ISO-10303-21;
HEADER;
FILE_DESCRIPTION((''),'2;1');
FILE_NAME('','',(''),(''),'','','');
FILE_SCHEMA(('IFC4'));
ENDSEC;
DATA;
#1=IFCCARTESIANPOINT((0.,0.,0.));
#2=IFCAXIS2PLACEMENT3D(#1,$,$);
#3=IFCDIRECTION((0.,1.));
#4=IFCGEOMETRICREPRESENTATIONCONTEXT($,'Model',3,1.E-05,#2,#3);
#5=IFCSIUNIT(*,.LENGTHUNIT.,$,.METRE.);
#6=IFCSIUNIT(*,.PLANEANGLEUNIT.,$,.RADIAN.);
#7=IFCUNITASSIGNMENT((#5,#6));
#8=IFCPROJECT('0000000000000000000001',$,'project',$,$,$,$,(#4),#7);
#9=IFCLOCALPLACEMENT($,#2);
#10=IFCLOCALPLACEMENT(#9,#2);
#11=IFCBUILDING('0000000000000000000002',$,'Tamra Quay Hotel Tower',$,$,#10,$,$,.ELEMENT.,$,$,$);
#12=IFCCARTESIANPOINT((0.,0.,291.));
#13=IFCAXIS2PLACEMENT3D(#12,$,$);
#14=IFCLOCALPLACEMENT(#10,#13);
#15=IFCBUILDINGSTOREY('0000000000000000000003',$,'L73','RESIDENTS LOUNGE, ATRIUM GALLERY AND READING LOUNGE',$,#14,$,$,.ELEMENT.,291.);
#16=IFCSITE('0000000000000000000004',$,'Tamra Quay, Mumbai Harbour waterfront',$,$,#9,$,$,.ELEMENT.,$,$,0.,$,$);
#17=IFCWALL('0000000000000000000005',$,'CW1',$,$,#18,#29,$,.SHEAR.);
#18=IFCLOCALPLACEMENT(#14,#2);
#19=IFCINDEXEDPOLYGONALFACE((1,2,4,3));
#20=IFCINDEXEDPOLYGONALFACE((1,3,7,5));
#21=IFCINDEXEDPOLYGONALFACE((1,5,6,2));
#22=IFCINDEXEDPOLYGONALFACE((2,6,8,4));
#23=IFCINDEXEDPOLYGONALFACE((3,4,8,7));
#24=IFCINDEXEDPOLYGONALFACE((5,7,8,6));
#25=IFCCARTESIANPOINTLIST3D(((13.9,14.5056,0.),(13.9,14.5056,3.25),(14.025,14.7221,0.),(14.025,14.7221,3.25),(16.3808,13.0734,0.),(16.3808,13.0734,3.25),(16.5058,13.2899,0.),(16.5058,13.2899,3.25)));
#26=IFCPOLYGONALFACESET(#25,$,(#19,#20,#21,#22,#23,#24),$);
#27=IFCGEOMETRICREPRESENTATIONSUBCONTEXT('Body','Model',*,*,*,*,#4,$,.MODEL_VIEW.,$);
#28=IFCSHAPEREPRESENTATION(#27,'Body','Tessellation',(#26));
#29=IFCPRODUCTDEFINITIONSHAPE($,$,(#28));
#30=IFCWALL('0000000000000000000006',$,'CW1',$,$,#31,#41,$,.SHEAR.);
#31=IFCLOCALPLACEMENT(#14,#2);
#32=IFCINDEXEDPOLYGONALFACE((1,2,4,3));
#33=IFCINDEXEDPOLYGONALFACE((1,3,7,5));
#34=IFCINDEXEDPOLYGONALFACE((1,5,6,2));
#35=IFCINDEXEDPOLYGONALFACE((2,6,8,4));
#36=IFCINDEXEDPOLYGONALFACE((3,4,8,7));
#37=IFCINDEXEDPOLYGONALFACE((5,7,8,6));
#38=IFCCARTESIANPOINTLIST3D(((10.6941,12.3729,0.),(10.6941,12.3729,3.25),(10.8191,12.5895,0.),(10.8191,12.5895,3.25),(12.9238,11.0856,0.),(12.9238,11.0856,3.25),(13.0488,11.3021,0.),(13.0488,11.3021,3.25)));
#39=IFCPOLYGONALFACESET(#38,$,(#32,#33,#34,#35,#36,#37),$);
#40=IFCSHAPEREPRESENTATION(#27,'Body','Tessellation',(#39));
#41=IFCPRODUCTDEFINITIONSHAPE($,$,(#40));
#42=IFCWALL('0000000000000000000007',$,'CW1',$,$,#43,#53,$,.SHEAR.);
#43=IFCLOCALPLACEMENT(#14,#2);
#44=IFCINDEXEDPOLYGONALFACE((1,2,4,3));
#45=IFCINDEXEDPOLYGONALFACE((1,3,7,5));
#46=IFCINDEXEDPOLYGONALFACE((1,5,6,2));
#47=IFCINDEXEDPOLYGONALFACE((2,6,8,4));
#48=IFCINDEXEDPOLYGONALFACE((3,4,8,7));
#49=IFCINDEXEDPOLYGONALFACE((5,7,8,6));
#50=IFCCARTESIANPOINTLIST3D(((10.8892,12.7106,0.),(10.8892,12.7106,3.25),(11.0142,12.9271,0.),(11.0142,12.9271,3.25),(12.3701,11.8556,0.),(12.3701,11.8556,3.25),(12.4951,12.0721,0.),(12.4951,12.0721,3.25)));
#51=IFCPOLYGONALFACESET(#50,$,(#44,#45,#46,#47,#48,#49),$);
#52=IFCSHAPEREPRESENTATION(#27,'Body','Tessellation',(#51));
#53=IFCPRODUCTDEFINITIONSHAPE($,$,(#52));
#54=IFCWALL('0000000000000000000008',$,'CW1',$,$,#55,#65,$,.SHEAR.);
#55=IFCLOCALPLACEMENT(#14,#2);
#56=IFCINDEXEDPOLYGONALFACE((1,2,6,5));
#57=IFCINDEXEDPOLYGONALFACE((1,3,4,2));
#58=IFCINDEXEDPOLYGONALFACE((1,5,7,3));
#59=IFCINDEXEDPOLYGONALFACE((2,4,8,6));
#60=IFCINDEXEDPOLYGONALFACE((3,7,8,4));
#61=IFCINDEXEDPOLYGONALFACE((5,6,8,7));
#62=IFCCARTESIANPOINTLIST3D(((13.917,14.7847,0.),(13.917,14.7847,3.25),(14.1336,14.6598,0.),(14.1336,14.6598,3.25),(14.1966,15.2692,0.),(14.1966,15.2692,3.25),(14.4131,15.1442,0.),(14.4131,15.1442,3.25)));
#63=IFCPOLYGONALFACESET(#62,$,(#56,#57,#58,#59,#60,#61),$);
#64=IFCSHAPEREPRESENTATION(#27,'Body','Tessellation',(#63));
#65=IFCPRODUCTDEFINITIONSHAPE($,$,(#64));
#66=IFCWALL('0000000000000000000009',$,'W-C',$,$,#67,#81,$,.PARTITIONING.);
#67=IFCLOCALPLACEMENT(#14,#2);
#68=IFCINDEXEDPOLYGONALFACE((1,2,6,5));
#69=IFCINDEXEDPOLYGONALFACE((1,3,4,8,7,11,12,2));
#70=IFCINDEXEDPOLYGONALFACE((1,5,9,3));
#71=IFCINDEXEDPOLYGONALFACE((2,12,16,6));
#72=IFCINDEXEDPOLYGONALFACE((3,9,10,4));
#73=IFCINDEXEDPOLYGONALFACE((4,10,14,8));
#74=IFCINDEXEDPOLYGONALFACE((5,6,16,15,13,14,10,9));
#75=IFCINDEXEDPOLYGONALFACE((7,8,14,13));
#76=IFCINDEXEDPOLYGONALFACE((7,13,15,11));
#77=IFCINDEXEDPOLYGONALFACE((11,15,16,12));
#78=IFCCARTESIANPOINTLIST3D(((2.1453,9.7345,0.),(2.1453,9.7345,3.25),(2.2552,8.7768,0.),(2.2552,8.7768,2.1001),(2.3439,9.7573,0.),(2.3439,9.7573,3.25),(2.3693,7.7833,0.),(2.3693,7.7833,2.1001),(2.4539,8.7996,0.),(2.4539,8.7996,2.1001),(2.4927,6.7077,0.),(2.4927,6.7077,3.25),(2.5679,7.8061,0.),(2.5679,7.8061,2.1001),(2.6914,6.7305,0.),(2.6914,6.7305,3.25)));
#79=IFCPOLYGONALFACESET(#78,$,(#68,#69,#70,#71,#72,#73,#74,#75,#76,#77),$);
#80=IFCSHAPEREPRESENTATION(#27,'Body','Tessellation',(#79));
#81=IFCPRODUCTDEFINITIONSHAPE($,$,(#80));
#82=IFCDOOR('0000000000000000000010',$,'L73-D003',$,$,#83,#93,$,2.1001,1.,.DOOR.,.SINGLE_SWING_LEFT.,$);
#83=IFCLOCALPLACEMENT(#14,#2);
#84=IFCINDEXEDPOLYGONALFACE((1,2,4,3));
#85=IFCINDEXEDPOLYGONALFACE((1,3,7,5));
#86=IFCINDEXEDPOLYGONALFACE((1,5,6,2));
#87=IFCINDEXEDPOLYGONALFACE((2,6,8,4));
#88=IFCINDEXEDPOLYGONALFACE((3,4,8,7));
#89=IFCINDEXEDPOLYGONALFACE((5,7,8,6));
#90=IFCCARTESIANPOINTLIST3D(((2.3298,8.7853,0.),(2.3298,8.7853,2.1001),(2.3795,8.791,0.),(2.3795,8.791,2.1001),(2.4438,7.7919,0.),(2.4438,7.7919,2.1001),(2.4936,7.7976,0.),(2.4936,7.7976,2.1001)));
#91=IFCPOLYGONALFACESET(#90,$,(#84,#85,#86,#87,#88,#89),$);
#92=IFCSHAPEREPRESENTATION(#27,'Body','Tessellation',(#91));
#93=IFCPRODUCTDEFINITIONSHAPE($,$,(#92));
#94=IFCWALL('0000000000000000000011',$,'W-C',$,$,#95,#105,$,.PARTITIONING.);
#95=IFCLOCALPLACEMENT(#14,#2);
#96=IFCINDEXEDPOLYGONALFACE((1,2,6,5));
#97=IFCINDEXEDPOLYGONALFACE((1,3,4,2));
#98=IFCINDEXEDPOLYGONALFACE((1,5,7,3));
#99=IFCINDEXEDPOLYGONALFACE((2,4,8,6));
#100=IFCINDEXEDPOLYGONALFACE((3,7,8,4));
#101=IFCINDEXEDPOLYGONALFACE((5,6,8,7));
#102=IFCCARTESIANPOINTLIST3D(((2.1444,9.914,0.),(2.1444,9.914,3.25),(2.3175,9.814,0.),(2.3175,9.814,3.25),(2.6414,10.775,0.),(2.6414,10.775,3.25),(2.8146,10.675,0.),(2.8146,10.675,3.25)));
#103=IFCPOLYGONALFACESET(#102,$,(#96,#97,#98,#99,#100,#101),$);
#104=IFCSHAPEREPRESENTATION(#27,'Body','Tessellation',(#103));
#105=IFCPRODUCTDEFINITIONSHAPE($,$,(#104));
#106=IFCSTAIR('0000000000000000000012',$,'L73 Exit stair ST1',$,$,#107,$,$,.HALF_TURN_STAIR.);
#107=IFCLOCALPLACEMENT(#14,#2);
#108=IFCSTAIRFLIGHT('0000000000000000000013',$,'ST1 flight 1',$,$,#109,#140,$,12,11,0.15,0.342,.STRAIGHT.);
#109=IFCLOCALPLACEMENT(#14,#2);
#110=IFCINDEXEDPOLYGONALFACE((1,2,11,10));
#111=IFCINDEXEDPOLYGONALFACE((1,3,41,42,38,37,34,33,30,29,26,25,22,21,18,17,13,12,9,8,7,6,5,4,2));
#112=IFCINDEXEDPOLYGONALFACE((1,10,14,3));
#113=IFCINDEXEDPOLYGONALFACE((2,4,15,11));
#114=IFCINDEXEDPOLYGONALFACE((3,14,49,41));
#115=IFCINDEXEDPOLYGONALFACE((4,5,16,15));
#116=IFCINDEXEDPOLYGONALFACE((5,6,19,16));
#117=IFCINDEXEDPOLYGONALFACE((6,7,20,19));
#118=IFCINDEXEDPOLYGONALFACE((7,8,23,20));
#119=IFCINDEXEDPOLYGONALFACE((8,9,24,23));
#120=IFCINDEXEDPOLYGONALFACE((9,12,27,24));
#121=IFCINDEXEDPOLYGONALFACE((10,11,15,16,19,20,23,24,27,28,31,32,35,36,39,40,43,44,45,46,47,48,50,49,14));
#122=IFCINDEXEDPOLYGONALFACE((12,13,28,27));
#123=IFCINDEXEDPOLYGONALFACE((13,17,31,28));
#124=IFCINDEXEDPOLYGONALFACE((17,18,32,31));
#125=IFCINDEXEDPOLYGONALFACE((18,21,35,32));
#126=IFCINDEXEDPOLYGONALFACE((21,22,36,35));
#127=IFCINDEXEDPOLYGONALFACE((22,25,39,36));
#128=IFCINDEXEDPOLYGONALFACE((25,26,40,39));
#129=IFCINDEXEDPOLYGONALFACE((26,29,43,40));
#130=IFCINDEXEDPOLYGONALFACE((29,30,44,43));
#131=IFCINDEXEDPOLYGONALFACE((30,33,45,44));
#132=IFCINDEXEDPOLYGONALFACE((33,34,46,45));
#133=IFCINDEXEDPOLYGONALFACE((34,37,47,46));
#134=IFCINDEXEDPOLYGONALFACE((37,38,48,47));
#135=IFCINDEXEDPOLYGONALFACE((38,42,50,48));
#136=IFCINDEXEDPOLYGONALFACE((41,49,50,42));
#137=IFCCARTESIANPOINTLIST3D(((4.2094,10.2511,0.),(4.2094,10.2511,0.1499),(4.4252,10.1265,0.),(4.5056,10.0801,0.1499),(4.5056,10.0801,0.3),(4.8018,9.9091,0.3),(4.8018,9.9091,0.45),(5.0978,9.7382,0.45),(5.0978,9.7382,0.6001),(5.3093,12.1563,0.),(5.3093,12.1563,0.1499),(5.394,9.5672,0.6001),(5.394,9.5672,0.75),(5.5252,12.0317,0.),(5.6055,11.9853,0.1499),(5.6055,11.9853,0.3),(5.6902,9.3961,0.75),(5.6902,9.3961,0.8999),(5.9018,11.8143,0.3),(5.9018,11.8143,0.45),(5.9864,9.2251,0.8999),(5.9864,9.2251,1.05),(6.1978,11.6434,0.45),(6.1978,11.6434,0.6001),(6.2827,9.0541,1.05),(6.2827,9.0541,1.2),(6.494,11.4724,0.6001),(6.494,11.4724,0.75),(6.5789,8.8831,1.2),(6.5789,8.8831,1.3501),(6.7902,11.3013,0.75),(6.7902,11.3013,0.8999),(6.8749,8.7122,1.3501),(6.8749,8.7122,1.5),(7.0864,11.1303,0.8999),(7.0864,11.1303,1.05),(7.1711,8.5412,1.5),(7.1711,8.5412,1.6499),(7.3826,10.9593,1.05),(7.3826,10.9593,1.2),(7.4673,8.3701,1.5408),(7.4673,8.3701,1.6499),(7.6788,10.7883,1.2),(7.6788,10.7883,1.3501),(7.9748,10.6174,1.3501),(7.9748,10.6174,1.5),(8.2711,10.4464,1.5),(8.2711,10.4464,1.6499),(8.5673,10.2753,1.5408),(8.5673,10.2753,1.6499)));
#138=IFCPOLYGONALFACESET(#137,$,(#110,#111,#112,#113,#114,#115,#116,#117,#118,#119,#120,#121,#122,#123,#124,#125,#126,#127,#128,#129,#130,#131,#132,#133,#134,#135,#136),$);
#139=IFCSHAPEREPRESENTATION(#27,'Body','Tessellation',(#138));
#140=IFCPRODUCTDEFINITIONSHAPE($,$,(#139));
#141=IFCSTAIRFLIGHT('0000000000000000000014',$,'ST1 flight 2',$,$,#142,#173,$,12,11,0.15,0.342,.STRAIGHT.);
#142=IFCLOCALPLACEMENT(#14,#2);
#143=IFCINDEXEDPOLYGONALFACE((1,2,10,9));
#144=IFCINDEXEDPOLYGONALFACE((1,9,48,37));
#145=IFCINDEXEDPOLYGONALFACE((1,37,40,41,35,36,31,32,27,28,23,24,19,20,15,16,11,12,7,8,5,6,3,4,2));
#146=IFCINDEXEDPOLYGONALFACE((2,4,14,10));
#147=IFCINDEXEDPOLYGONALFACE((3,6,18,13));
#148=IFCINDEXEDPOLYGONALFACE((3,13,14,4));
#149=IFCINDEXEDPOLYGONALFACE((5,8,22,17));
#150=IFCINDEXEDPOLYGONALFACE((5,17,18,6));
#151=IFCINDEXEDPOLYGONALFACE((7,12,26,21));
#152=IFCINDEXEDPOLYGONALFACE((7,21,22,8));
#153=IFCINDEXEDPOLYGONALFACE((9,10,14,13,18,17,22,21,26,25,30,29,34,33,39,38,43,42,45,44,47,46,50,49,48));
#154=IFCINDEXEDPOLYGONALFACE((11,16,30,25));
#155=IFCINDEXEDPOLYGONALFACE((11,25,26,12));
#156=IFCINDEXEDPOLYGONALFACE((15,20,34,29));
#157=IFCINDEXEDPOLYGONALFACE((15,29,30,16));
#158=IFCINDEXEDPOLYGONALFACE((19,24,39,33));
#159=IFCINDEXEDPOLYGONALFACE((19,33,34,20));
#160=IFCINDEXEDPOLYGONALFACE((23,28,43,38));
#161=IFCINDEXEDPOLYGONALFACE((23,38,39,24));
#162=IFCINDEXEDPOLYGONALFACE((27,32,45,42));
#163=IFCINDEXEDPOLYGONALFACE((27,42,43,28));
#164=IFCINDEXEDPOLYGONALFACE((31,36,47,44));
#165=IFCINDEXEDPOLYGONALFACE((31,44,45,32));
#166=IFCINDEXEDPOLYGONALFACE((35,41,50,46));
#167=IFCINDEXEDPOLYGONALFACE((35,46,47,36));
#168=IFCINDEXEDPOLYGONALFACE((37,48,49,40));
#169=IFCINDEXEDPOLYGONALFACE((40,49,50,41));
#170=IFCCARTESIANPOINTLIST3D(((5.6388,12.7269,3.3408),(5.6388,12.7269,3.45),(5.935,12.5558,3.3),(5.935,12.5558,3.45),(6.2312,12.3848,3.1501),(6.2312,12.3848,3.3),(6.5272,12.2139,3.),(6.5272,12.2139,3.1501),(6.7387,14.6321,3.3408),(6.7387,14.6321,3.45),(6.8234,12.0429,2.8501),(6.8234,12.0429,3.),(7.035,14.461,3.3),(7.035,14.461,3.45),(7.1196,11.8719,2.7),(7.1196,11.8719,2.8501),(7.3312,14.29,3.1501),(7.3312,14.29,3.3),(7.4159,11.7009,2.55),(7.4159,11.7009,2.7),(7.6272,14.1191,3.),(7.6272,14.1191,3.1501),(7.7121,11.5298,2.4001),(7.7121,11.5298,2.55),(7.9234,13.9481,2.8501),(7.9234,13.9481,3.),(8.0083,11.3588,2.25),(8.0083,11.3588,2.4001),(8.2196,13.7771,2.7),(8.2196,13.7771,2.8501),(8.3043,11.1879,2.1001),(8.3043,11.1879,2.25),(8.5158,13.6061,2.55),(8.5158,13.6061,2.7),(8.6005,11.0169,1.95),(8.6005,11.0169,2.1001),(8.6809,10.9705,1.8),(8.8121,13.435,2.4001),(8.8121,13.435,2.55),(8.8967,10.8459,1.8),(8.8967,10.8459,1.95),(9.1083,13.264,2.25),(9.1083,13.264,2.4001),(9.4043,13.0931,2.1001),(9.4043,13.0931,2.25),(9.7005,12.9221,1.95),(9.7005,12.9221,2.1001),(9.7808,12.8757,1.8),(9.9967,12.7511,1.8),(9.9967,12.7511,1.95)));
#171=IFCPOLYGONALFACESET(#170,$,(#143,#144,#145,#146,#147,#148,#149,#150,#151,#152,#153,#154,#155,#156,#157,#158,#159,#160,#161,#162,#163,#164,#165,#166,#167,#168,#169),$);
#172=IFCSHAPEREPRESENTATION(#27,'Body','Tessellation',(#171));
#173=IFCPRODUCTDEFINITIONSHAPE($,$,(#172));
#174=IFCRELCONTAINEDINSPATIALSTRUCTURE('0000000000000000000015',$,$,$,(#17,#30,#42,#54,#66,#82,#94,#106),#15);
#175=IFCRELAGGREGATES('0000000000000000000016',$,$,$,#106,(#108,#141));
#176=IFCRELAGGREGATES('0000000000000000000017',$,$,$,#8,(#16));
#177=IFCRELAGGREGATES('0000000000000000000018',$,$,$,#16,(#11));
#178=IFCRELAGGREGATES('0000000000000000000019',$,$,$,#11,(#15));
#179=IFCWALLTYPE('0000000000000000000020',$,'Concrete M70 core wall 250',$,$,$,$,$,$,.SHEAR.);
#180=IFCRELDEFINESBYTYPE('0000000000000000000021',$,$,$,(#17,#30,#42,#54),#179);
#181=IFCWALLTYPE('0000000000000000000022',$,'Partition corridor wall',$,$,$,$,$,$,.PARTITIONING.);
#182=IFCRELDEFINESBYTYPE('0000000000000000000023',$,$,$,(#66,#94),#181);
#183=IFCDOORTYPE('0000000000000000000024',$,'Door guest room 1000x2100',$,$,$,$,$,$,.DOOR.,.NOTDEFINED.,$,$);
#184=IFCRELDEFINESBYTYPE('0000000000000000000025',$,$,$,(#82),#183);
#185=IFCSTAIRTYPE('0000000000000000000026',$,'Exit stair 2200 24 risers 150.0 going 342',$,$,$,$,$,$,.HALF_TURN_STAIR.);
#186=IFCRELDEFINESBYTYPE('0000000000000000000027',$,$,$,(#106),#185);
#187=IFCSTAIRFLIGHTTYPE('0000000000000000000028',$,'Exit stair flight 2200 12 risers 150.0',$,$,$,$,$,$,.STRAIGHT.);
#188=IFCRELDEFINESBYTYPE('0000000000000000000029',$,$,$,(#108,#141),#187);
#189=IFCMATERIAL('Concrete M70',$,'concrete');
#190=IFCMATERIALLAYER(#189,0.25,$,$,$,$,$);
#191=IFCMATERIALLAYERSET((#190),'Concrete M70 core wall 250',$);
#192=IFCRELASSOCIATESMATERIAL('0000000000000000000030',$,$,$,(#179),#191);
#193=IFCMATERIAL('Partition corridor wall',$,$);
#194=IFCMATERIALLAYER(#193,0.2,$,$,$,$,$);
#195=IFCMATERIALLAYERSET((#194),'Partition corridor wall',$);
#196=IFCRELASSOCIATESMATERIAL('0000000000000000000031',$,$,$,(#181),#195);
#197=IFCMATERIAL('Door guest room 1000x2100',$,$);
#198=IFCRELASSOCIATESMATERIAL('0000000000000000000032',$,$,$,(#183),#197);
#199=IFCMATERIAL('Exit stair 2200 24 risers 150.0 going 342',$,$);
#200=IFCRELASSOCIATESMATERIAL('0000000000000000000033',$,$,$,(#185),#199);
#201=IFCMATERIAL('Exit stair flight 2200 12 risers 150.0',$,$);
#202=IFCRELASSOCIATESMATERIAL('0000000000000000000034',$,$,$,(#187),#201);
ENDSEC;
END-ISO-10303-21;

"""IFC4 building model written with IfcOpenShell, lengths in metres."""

from ifc_helpers import new_model, si_unit, direction, frame, frame_2d, origin, place, context, subcontext, project, spatial, polyline, rectangle, outline, extrude, material, layer, layer_set, type_object, element, fill, aggregate, save


model = new_model("IFC4")

# Units and contexts
model_context = context("Model", 3, precision=1e-05, world=origin(), true_north=direction((0.0, 1.0)))
body_context = subcontext(model_context, "Body", "Model", "MODEL_VIEW")
ifc_project = project(units=[si_unit("LENGTHUNIT", "METRE"), si_unit("PLANEANGLEUNIT", "RADIAN")], contexts=[model_context])

# Site, building, storey
site_placement = place(None, origin())
site = spatial("IfcSite", under=ifc_project, at=site_placement, Name="Tamra Quay, Mumbai Harbour waterfront", CompositionType="ELEMENT", RefElevation=0.0)
building_placement = place(site_placement, origin())
building = spatial("IfcBuilding", under=site, at=building_placement, Name="Tamra Quay Hotel Tower", CompositionType="ELEMENT")
storey_placement = place(building_placement, frame((0.0, 0.0, 291.0)))
storey = spatial("IfcBuildingStorey", under=building, at=storey_placement, Name="L73", Description="RESIDENTS LOUNGE, ATRIUM GALLERY AND READING LOUNGE", CompositionType="ELEMENT", Elevation=291.0)

# Shared definitions
ifc_material_1 = material(Name="Concrete M70", Category="concrete")

# Shared definitions
ifc_layer_1 = layer(ifc_material_1, 0.25)
ifc_layer_set_1 = layer_set([ifc_layer_1], Name="Concrete M70 core wall 250")
wall_type_1 = type_object("IfcWallType", Name="Concrete M70 core wall 250", PredefinedType="SHEAR", material=ifc_layer_set_1)

# Walls
wall_1_placement = place(storey_placement, frame((13.9626, 14.6138, 0.0), z_axis=(0.0, 0.0, 1.0), x_axis=(0.866042, -0.499971, 0.0)))
element("IfcWall", 1, at=wall_1_placement, inside=storey, type_object=wall_type_1, Name="CW1", PredefinedType="SHEAR", context=body_context, shape_type="SweptSolid", body=[
    extrude(rectangle(XDim=2.8645, YDim=0.25, at=frame_2d((1.4321, 0.0))), origin(), (0.0, 0.0, 1.0), 3.25),
])
wall_2_placement = place(storey_placement, frame((10.7566, 12.4812, 0.0), z_axis=(0.0, 0.0, 1.0), x_axis=(0.866023, -0.500004, 0.0)))
element("IfcWall", 2, at=wall_2_placement, inside=storey, type_object=wall_type_1, Name="CW1", PredefinedType="SHEAR", context=body_context, shape_type="SweptSolid", body=[
    extrude(rectangle(XDim=2.5747, YDim=0.25, at=frame_2d((1.2874, 0.0))), origin(), (0.0, 0.0, 1.0), 3.25),
])
wall_3_placement = place(storey_placement, frame((12.4326, 11.9639, 0.0), z_axis=(0.0, 0.0, 1.0), x_axis=(-0.866038, 0.499978, 0.0)))
element("IfcWall", 3, at=wall_3_placement, inside=storey, type_object=wall_type_1, Name="CW1", PredefinedType="SHEAR", context=body_context, shape_type="SweptSolid", body=[
    extrude(rectangle(XDim=1.71, YDim=0.25, at=frame_2d((0.855, 0.0))), origin(), (0.0, 0.0, 1.0), 3.25),
])
wall_4_placement = place(storey_placement, frame((14.3049, 15.2068, 0.0), z_axis=(0.0, 0.0, 1.0), x_axis=(-0.499848, -0.866113, 0.0)))
element("IfcWall", 4, at=wall_4_placement, inside=storey, type_object=wall_type_1, Name="CW1", PredefinedType="SHEAR", context=body_context, shape_type="SweptSolid", body=[
    extrude(rectangle(XDim=0.5593, YDim=0.25, at=frame_2d((0.2798, 0.0))), origin(), (0.0, 0.0, 1.0), 3.25),
])

# Wall, opening, door
ifc_material_2 = material(Name="Partition corridor wall")
ifc_layer_2 = layer(ifc_material_2, 0.2)
ifc_layer_set_2 = layer_set([ifc_layer_2], Name="Partition corridor wall")
wall_type_2 = type_object("IfcWallType", Name="Partition corridor wall", PredefinedType="PARTITIONING", material=ifc_layer_set_2)
wall_5_placement = place(storey_placement, frame((2.592, 6.719, 0.0), z_axis=(0.0, 0.0, 1.0), x_axis=(-0.114028, 0.993478, 0.0)))
wall_5 = element("IfcWall", 5, at=wall_5_placement, inside=storey, type_object=wall_type_2, Name="W-C", PredefinedType="PARTITIONING", context=body_context, shape_type="SweptSolid", body=[
    extrude(rectangle(XDim=3.0466, YDim=0.2, at=frame_2d((1.5234, 0.0))), origin(), (0.0, 0.0, 1.0), 3.25),
])
opening_1_placement = place(wall_5_placement, frame((1.0828, 0.0, 0.0)))
opening_1 = element("IfcOpeningElement", 6, at=opening_1_placement, cuts=wall_5, PredefinedType="OPENING", context=body_context, shape_type="SweptSolid", body=[
    extrude(rectangle(XDim=1.0, YDim=2.1001, at=frame_2d((0.5, 1.05))), frame((0.0, 0.1099, 0.0), z_axis=(0.0, -1.0, 0.0), x_axis=(1.0, 0.0, 0.0)), (0.0, 0.0, 1.0), 0.22),
])
ifc_material_3 = material(Name="Door guest room 1000x2100")
door_type_1 = type_object("IfcDoorType", Name="Door guest room 1000x2100", OperationType="NOTDEFINED", PredefinedType="DOOR", material=ifc_material_3)
door_1_placement = place(opening_1_placement, origin())
door_1 = element("IfcDoor", 7, at=door_1_placement, inside=storey, type_object=door_type_1, Name="L73-D003", OperationType="SINGLE_SWING_LEFT", OverallHeight=2.1001, OverallWidth=1.0, PredefinedType="DOOR", context=body_context, shape_type="SweptSolid", body=[
    extrude(rectangle(XDim=1.0, YDim=2.1001, at=frame_2d((0.5, 1.05))), frame((0.0, 0.0249, 0.0), z_axis=(0.0, -1.0, 0.0), x_axis=(1.0, 0.0, 0.0)), (0.0, 0.0, 1.0), 0.05),
])
fill(opening_1, door_1)

# Wall
wall_6_placement = place(storey_placement, frame((2.231, 9.864, 0.0), z_axis=(0.0, 0.0, 1.0), x_axis=(0.499942, 0.866059, 0.0)))
element("IfcWall", 8, at=wall_6_placement, inside=storey, type_object=wall_type_2, Name="W-C", PredefinedType="PARTITIONING", context=body_context, shape_type="SweptSolid", body=[
    extrude(rectangle(XDim=0.9941, YDim=0.2, at=frame_2d((0.4971, 0.0))), origin(), (0.0, 0.0, 1.0), 3.25),
])

# Stair, stair flights
ifc_material_4 = material(Name="Exit stair 2200 24 risers 150.0 going 342")
stair_type = type_object("IfcStairType", Name="Exit stair 2200 24 risers 150.0 going 342", PredefinedType="HALF_TURN_STAIR", material=ifc_material_4)
stair_placement = place(storey_placement, origin())
stair = element("IfcStair", 9, at=stair_placement, inside=storey, type_object=stair_type, Name="L73 Exit stair ST1", PredefinedType="HALF_TURN_STAIR")
ifc_material_5 = material(Name="Exit stair flight 2200 12 risers 150.0")
stair_flight_type = type_object("IfcStairFlightType", Name="Exit stair flight 2200 12 risers 150.0", PredefinedType="STRAIGHT", material=ifc_material_5)
stair_flight_1_placement = place(storey_placement, frame((4.7593, 11.2036, 0.0), z_axis=(0.0, 0.0, 1.0), x_axis=(0.866025, -0.5, 0.0)))
stair_flight_1 = element("IfcStairFlight", 10, at=stair_flight_1_placement, type_object=stair_flight_type, Name="ST1 flight 1", NumberOfRisers=12, NumberOfTreads=11, PredefinedType="STRAIGHT", RiserHeight=0.15, TreadLength=0.342, context=body_context, shape_type="SweptSolid", body=[
    extrude(outline(polyline([(0.0, 0.0), (0.0, 0.1499), (0.342, 0.1499), (0.342, 0.3), (0.6841, 0.3), (0.6841, 0.45), (1.0259, 0.45), (1.0259, 0.6001), (1.3679, 0.6001), (1.3679, 0.75), (1.71, 0.75), (1.71, 0.8999), (2.052, 0.8999), (2.052, 1.05), (2.394, 1.05), (2.394, 1.2), (2.7361, 1.2), (2.7361, 1.3501), (3.0779, 1.3501), (3.0779, 1.5), (3.4199, 1.5), (3.4199, 1.6499), (3.762, 1.6499), (3.762, 1.8), (3.762, 1.5408), (0.2493, 0.0), (0.0, 0.0)])), frame((0.0, 1.1001, 0.0), z_axis=(0.0, -1.0, 0.0), x_axis=(1.0, 0.0, 0.0)), (0.0, 0.0, 1.0), 2.2),
])
stair_flight_2_placement = place(storey_placement, frame((9.4468, 11.7986, 1.8), z_axis=(0.0, 0.0, 1.0), x_axis=(-0.866025, 0.5, 0.0)))
stair_flight_2 = element("IfcStairFlight", 11, at=stair_flight_2_placement, type_object=stair_flight_type, Name="ST1 flight 2", NumberOfRisers=12, NumberOfTreads=11, PredefinedType="STRAIGHT", RiserHeight=0.15, TreadLength=0.342, context=body_context, shape_type="SweptSolid", body=[
    extrude(outline(polyline([(0.0, 0.0), (0.0, 0.1499), (0.342, 0.1499), (0.342, 0.3), (0.6841, 0.3), (0.6841, 0.45), (1.0259, 0.45), (1.0259, 0.6001), (1.3679, 0.6001), (1.3679, 0.75), (1.71, 0.75), (1.71, 0.8999), (2.052, 0.8999), (2.052, 1.05), (2.394, 1.05), (2.394, 1.2), (2.7361, 1.2), (2.7361, 1.3501), (3.0779, 1.3501), (3.0779, 1.5), (3.4199, 1.5), (3.4199, 1.6499), (3.762, 1.6499), (3.762, 1.8), (3.762, 1.5408), (0.2493, 0.0), (0.0, 0.0)])), frame((0.0, 1.1001, 0.0), z_axis=(0.0, -1.0, 0.0), x_axis=(1.0, 0.0, 0.0)), (0.0, 0.0, 1.0), 2.2),
])
aggregate(stair, [stair_flight_1, stair_flight_2])

save(model, "model.ifc")
